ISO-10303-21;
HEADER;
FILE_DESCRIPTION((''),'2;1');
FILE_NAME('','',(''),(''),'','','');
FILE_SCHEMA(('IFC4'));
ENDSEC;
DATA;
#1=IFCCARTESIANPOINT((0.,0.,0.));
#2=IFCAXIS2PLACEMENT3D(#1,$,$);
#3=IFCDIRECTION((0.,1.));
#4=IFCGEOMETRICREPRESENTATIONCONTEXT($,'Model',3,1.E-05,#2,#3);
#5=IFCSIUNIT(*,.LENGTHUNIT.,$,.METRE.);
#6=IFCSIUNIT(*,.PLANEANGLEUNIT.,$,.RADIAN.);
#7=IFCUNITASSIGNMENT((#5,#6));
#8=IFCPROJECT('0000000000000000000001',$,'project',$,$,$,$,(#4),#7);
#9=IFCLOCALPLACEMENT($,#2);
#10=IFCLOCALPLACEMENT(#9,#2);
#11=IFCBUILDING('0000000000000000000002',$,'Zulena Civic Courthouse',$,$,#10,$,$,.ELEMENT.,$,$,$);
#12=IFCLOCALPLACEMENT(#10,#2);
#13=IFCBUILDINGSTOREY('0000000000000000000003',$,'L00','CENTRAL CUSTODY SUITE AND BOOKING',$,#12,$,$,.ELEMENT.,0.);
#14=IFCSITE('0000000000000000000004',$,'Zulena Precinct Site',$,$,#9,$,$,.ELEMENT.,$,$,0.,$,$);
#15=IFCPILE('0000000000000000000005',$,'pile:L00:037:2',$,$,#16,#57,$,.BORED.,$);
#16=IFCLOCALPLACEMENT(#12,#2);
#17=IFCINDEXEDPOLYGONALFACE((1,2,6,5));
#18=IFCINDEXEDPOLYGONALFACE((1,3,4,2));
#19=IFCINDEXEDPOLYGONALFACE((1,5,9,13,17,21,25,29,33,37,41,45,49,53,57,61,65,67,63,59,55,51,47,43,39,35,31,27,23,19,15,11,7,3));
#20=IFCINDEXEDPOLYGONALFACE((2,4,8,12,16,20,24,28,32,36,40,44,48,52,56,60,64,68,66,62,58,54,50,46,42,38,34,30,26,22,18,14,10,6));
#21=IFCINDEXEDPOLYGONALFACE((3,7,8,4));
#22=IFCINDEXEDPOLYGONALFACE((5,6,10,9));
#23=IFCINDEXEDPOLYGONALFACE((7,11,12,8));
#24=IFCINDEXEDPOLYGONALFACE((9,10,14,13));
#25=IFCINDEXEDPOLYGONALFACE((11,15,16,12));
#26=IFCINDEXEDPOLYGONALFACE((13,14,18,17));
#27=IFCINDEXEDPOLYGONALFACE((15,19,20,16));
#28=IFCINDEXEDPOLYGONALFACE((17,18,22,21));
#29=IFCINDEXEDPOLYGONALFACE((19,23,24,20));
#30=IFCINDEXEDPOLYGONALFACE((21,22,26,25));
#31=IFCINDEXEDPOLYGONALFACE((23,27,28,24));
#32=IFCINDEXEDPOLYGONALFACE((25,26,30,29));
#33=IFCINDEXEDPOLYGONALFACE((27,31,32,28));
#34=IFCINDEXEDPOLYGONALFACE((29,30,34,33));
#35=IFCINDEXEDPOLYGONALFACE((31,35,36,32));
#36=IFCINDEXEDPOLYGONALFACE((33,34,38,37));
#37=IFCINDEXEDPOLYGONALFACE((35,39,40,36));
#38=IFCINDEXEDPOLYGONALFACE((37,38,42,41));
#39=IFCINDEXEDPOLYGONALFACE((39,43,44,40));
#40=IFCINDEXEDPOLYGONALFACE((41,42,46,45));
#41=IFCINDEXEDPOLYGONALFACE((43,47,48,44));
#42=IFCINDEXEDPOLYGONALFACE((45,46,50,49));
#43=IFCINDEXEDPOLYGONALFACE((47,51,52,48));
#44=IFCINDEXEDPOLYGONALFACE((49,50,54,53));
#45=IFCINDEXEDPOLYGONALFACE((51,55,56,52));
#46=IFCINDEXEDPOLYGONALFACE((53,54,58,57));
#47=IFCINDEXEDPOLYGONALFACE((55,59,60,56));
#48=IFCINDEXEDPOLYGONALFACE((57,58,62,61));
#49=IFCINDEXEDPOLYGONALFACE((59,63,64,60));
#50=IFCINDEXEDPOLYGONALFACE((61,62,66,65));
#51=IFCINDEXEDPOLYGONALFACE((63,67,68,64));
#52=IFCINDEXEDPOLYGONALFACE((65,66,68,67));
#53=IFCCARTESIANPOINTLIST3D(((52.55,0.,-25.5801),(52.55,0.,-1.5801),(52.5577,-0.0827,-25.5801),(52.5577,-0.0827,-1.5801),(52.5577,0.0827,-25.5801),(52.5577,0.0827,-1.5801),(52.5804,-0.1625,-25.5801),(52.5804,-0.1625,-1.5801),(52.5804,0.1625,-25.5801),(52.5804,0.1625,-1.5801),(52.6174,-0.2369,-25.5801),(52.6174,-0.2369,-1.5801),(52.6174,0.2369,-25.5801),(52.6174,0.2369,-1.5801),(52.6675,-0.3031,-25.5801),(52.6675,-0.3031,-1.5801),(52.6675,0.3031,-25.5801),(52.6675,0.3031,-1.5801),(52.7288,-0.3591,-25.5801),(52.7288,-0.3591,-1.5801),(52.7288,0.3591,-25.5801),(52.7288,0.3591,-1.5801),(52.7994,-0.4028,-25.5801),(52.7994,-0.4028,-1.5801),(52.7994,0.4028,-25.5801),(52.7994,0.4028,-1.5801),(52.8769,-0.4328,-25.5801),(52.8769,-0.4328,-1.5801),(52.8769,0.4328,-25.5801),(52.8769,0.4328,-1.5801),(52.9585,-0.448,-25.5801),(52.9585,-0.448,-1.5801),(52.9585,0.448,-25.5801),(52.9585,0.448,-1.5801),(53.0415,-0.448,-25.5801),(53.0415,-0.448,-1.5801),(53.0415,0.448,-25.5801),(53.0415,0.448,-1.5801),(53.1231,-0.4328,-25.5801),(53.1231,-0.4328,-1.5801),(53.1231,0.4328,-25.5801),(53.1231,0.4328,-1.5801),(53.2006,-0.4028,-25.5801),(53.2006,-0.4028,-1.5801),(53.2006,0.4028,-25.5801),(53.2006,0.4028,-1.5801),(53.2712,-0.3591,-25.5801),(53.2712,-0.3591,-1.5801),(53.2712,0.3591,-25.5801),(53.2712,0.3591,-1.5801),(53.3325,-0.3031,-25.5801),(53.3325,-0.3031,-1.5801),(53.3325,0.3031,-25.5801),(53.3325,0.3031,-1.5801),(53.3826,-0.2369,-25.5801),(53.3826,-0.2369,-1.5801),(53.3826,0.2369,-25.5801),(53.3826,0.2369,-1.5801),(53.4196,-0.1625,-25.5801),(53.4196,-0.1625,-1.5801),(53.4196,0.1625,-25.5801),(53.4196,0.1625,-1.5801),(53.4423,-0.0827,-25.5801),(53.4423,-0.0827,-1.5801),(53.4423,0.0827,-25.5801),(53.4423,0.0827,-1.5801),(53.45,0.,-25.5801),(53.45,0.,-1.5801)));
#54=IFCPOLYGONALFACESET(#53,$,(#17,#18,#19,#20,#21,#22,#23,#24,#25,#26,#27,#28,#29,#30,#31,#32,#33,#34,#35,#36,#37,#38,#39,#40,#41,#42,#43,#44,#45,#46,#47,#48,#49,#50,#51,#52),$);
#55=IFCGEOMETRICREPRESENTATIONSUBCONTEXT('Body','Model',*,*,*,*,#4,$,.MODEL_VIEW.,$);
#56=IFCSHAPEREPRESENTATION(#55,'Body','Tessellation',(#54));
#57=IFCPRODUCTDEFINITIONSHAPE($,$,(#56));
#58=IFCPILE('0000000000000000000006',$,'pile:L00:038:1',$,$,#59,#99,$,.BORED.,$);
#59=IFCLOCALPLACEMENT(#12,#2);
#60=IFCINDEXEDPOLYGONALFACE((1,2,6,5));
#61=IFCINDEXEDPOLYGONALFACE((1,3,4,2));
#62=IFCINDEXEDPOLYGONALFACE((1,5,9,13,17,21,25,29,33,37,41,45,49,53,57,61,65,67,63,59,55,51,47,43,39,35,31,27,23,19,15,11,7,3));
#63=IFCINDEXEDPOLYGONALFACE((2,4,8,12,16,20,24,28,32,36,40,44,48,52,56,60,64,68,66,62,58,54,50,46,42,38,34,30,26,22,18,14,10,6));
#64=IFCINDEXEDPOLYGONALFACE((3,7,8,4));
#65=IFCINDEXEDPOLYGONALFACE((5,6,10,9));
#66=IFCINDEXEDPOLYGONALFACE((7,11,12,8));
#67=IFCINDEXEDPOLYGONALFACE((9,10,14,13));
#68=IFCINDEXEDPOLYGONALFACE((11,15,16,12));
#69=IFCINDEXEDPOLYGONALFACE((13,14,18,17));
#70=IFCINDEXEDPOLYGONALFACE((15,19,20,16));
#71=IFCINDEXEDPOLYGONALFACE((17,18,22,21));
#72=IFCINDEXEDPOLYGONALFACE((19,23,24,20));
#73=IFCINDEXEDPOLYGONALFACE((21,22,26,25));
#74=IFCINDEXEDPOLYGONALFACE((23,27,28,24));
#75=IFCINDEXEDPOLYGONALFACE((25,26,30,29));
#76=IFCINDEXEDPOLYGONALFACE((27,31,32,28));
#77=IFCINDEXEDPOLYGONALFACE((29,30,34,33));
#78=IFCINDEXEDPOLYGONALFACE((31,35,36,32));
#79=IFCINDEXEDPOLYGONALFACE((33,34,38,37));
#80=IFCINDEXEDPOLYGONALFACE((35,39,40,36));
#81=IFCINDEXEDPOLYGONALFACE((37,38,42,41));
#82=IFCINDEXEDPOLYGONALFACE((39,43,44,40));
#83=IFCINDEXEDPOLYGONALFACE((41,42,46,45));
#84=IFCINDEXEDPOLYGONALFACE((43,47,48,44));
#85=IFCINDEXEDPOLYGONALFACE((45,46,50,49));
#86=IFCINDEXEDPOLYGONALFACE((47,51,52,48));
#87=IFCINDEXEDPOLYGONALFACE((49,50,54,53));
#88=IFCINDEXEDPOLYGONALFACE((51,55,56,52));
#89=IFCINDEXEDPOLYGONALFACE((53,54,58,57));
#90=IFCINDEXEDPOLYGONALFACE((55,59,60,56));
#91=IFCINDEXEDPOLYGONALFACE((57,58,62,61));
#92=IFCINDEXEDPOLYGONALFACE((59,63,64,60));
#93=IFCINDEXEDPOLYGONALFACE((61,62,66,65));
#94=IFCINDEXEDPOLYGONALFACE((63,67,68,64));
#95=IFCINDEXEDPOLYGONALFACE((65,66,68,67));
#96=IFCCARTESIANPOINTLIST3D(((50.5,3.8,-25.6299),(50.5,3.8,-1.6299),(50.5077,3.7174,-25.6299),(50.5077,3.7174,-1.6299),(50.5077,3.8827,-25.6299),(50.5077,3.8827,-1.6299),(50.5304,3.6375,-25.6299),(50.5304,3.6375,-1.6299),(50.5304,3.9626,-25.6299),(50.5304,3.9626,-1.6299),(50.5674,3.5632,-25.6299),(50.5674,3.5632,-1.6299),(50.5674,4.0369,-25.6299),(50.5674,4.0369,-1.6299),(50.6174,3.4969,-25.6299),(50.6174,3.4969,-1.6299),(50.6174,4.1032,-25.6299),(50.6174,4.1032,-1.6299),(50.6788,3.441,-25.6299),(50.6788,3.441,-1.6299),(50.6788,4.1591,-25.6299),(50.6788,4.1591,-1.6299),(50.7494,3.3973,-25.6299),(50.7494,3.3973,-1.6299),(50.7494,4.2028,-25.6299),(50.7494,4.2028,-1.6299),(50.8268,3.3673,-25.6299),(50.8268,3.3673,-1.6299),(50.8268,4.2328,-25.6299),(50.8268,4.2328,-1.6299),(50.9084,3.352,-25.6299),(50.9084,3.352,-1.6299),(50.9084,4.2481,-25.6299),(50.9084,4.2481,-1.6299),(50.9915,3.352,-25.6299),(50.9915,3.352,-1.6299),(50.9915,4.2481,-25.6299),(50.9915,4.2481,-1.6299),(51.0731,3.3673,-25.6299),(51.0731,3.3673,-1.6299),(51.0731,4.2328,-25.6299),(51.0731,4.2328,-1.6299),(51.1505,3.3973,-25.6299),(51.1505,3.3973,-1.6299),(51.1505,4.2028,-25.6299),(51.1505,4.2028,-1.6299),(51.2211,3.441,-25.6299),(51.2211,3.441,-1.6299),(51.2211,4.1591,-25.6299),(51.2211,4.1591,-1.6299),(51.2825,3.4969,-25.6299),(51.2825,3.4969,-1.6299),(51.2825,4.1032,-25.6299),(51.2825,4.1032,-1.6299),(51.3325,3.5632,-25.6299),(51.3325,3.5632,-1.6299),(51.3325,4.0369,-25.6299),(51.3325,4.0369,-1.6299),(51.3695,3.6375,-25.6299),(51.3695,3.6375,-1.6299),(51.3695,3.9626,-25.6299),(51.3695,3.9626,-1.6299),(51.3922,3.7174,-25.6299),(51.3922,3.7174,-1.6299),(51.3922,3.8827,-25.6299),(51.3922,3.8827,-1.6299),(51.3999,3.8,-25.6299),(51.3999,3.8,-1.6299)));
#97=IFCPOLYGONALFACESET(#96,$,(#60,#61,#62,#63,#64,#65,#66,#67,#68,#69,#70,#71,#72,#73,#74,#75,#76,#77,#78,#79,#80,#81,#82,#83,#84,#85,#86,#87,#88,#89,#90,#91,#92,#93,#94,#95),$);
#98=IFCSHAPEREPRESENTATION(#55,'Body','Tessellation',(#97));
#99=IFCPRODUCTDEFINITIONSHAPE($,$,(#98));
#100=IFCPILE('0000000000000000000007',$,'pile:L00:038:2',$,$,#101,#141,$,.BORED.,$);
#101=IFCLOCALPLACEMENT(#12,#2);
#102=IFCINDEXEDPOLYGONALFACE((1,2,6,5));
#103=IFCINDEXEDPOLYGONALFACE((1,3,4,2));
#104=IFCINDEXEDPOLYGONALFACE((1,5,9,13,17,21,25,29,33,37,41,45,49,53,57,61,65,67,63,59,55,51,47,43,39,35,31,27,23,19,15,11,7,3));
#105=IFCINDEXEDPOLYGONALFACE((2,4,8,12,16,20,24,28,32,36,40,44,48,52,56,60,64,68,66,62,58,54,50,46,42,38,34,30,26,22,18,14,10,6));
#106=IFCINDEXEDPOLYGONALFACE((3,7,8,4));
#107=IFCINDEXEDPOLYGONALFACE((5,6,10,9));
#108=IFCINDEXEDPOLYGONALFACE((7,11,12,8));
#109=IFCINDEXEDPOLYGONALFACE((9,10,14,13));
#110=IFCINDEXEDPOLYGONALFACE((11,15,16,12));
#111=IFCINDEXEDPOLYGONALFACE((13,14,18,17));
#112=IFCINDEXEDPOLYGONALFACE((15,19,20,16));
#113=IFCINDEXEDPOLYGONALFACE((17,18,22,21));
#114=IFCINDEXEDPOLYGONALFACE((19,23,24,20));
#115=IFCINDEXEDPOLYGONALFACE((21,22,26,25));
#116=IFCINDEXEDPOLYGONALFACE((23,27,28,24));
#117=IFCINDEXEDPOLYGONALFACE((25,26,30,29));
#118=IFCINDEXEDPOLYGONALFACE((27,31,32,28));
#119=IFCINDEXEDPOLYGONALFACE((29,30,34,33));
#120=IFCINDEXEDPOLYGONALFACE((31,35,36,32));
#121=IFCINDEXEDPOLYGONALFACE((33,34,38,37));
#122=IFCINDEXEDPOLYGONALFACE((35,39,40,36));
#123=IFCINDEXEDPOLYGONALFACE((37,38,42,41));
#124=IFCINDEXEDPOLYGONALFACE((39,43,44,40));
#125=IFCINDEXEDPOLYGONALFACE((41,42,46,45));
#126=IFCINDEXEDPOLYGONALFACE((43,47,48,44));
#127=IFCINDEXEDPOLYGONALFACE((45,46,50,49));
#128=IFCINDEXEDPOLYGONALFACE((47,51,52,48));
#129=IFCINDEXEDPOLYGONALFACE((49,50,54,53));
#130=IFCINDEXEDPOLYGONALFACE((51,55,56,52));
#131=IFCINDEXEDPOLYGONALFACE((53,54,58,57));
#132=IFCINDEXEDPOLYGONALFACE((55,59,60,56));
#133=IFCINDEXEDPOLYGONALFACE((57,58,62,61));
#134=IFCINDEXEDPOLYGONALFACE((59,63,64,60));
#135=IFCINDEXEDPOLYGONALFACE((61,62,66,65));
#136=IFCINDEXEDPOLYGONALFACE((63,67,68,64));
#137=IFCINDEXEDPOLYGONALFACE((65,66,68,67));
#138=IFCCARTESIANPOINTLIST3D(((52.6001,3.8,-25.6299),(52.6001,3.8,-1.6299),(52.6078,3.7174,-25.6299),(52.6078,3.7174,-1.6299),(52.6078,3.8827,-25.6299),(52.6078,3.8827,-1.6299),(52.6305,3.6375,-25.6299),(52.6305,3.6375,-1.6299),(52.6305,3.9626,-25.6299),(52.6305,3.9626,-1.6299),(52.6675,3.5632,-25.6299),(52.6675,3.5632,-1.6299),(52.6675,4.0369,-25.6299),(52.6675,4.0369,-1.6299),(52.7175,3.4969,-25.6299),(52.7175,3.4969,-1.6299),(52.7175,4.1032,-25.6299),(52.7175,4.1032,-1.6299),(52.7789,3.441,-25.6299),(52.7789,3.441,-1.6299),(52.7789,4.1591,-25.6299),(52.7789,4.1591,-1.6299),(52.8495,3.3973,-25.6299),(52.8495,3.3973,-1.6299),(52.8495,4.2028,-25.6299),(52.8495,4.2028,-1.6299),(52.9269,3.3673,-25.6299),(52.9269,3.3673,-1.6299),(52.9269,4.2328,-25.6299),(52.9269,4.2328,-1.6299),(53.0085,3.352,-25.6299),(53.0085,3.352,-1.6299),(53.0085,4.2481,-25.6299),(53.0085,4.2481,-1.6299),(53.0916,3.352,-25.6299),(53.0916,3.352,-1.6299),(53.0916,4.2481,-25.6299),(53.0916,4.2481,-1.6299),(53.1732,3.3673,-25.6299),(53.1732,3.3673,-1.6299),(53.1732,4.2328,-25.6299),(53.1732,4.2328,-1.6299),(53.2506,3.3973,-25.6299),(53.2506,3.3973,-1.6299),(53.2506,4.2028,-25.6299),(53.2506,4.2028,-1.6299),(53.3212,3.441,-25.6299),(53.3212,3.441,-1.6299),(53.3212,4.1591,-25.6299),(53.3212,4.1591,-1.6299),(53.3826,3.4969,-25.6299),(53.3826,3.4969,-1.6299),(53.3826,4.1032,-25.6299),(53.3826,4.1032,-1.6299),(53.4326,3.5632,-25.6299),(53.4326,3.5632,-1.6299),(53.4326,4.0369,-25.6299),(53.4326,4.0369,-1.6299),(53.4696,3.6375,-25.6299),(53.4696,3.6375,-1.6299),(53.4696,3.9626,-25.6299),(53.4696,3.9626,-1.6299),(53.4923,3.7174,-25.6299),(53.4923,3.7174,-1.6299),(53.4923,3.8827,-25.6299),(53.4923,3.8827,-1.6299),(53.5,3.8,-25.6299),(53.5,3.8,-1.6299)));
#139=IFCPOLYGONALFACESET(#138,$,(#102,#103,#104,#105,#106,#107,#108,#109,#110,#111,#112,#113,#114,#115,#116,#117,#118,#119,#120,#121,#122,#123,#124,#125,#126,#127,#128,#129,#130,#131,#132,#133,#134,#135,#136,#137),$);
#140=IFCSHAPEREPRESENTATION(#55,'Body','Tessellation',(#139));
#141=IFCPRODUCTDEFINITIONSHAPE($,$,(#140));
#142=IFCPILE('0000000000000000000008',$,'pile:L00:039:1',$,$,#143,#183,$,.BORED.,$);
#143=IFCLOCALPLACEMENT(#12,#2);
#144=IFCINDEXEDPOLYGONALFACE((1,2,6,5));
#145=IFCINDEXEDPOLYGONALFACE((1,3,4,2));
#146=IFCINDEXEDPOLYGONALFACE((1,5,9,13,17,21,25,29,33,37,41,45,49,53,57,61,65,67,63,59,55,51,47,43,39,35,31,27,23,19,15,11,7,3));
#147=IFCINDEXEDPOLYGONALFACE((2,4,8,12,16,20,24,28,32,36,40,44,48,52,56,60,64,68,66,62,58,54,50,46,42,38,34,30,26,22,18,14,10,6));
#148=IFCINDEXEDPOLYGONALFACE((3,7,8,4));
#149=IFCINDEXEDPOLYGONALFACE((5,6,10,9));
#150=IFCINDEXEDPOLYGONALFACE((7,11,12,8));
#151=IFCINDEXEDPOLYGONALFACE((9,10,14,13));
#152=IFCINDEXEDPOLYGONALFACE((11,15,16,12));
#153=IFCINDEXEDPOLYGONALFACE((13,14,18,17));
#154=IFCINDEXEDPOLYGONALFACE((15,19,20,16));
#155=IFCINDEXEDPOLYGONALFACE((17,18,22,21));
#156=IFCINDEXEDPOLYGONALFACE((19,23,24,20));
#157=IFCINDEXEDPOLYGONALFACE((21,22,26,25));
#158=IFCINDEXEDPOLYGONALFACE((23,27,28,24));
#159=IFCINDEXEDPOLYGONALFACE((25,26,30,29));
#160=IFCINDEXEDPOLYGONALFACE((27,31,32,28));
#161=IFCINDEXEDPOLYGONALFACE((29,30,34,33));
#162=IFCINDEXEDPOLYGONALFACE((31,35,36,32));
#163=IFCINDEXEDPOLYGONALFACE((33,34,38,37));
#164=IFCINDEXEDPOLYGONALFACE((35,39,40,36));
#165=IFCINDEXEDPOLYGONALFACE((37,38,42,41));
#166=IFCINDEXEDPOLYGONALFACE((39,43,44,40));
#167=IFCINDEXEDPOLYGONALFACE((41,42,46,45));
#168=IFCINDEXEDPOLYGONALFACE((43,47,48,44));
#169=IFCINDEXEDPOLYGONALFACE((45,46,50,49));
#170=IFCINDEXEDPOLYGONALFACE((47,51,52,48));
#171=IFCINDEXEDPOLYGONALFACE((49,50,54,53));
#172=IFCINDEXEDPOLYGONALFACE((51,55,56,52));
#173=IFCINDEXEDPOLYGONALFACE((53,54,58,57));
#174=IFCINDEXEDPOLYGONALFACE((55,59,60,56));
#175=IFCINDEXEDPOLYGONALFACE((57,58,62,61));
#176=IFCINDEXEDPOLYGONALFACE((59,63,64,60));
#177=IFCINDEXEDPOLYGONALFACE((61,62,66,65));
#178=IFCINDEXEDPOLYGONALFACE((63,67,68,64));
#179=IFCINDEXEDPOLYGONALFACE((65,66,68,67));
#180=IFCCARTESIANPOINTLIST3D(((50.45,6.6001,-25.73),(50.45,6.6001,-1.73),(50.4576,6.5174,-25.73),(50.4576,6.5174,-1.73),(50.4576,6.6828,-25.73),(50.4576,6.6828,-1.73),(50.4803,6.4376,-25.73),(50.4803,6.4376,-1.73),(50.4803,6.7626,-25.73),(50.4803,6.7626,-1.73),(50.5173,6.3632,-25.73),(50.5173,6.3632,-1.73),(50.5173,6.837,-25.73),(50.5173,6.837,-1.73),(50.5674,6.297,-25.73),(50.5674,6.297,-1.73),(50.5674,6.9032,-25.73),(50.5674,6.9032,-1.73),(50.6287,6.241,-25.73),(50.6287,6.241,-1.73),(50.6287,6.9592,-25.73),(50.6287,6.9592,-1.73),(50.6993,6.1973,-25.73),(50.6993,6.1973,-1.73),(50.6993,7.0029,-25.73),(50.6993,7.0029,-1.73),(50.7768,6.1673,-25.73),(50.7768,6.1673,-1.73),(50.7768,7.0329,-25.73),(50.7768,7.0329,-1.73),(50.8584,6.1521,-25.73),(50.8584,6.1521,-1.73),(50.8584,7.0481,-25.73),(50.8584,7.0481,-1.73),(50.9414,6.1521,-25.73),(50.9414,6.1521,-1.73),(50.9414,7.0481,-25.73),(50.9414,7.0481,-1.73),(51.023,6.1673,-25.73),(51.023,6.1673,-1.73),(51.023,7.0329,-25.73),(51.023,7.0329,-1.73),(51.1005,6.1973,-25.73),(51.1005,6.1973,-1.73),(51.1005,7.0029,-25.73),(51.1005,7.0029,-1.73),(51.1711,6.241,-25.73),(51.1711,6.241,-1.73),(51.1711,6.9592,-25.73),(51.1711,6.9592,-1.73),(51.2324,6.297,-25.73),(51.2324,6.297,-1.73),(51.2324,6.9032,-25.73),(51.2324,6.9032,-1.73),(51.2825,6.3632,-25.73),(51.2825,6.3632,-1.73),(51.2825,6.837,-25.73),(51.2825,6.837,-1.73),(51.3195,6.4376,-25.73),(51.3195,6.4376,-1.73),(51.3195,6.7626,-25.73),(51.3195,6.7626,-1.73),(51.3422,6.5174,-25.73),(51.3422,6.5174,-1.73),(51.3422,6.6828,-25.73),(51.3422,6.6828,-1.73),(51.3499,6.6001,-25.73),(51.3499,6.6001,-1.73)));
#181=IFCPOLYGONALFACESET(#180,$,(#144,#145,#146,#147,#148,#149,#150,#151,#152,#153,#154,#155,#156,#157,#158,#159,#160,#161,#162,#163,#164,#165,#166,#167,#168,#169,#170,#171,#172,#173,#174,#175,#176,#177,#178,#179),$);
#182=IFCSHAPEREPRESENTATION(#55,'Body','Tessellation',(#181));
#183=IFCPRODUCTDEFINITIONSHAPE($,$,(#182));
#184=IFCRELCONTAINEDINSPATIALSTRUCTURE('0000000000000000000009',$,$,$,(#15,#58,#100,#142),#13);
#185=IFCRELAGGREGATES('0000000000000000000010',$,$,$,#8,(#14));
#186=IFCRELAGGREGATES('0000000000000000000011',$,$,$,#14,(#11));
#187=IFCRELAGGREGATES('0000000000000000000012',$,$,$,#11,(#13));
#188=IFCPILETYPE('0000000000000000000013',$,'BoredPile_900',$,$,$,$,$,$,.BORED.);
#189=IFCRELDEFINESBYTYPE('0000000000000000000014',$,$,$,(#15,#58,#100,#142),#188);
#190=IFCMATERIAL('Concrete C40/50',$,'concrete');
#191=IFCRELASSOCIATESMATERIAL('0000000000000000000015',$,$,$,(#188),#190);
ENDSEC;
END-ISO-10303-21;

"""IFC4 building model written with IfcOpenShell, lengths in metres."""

from ifc_helpers import new_model, si_unit, direction, frame, origin, origin_2d, place, context, subcontext, project, spatial, circle, extrude, material, material_profile, profile_set, type_object, element, save


model = new_model("IFC4")

# Units and contexts
model_context = context("Model", 3, precision=1e-05, world=origin(), true_north=direction((0.0, 1.0)))
body_context = subcontext(model_context, "Body", "Model", "MODEL_VIEW")
ifc_project = project(units=[si_unit("LENGTHUNIT", "METRE"), si_unit("PLANEANGLEUNIT", "RADIAN")], contexts=[model_context])

# Site, building, storey
site_placement = place(None, origin())
site = spatial("IfcSite", under=ifc_project, at=site_placement, Name="Zulena Precinct Site", CompositionType="ELEMENT", RefElevation=0.0)
building_placement = place(site_placement, origin())
building = spatial("IfcBuilding", under=site, at=building_placement, Name="Zulena Civic Courthouse", CompositionType="ELEMENT")
storey_placement = place(building_placement, origin())
storey = spatial("IfcBuildingStorey", under=building, at=storey_placement, Name="L00", Description="CENTRAL CUSTODY SUITE AND BOOKING", CompositionType="ELEMENT", Elevation=0.0)

# Piles
ifc_material_1 = material(Name="Concrete C40/50", Category="concrete")
ifc_material_profile_1 = material_profile(ifc_material_1, circle(Radius=0.45, at=origin_2d()), Name="PILE900")
ifc_profile_set_1 = profile_set([ifc_material_profile_1], Name="Concrete C40/50")
pile_type_1 = type_object("IfcPileType", Name="BoredPile_900", PredefinedType="BORED", material=ifc_profile_set_1)
for number, where, z_axis, x_axis, name in (
    (1, (53.0, 0.0, -1.5801), (0.0, 0.0, -1.0), (1.0, 0.0, 0.0), "pile:L00:037:2"),
    (2, (50.95, 3.8, -1.6299), (0.0, 0.0, -1.0), (1.0, 0.0, 0.0), "pile:L00:038:1"),
    (3, (53.05, 3.8, -1.6299), (0.0, 0.0, -1.0), (1.0, 0.0, 0.0), "pile:L00:038:2"),
    (4, (50.8999, 6.6001, -1.73), (0.0, 0.0, -1.0), (1.0, 0.0, 0.0), "pile:L00:039:1"),
):
    element("IfcPile", number, at=place(storey_placement, frame(where, z_axis=z_axis, x_axis=x_axis)), inside=storey, type_object=pile_type_1, Name=name, PredefinedType="BORED", context=body_context, shape_type="SweptSolid", body=[
        extrude(circle(Radius=0.45, at=origin_2d()), origin(), (0.0, 0.0, 1.0), 24.0),
    ])

save(model, "model.ifc")
